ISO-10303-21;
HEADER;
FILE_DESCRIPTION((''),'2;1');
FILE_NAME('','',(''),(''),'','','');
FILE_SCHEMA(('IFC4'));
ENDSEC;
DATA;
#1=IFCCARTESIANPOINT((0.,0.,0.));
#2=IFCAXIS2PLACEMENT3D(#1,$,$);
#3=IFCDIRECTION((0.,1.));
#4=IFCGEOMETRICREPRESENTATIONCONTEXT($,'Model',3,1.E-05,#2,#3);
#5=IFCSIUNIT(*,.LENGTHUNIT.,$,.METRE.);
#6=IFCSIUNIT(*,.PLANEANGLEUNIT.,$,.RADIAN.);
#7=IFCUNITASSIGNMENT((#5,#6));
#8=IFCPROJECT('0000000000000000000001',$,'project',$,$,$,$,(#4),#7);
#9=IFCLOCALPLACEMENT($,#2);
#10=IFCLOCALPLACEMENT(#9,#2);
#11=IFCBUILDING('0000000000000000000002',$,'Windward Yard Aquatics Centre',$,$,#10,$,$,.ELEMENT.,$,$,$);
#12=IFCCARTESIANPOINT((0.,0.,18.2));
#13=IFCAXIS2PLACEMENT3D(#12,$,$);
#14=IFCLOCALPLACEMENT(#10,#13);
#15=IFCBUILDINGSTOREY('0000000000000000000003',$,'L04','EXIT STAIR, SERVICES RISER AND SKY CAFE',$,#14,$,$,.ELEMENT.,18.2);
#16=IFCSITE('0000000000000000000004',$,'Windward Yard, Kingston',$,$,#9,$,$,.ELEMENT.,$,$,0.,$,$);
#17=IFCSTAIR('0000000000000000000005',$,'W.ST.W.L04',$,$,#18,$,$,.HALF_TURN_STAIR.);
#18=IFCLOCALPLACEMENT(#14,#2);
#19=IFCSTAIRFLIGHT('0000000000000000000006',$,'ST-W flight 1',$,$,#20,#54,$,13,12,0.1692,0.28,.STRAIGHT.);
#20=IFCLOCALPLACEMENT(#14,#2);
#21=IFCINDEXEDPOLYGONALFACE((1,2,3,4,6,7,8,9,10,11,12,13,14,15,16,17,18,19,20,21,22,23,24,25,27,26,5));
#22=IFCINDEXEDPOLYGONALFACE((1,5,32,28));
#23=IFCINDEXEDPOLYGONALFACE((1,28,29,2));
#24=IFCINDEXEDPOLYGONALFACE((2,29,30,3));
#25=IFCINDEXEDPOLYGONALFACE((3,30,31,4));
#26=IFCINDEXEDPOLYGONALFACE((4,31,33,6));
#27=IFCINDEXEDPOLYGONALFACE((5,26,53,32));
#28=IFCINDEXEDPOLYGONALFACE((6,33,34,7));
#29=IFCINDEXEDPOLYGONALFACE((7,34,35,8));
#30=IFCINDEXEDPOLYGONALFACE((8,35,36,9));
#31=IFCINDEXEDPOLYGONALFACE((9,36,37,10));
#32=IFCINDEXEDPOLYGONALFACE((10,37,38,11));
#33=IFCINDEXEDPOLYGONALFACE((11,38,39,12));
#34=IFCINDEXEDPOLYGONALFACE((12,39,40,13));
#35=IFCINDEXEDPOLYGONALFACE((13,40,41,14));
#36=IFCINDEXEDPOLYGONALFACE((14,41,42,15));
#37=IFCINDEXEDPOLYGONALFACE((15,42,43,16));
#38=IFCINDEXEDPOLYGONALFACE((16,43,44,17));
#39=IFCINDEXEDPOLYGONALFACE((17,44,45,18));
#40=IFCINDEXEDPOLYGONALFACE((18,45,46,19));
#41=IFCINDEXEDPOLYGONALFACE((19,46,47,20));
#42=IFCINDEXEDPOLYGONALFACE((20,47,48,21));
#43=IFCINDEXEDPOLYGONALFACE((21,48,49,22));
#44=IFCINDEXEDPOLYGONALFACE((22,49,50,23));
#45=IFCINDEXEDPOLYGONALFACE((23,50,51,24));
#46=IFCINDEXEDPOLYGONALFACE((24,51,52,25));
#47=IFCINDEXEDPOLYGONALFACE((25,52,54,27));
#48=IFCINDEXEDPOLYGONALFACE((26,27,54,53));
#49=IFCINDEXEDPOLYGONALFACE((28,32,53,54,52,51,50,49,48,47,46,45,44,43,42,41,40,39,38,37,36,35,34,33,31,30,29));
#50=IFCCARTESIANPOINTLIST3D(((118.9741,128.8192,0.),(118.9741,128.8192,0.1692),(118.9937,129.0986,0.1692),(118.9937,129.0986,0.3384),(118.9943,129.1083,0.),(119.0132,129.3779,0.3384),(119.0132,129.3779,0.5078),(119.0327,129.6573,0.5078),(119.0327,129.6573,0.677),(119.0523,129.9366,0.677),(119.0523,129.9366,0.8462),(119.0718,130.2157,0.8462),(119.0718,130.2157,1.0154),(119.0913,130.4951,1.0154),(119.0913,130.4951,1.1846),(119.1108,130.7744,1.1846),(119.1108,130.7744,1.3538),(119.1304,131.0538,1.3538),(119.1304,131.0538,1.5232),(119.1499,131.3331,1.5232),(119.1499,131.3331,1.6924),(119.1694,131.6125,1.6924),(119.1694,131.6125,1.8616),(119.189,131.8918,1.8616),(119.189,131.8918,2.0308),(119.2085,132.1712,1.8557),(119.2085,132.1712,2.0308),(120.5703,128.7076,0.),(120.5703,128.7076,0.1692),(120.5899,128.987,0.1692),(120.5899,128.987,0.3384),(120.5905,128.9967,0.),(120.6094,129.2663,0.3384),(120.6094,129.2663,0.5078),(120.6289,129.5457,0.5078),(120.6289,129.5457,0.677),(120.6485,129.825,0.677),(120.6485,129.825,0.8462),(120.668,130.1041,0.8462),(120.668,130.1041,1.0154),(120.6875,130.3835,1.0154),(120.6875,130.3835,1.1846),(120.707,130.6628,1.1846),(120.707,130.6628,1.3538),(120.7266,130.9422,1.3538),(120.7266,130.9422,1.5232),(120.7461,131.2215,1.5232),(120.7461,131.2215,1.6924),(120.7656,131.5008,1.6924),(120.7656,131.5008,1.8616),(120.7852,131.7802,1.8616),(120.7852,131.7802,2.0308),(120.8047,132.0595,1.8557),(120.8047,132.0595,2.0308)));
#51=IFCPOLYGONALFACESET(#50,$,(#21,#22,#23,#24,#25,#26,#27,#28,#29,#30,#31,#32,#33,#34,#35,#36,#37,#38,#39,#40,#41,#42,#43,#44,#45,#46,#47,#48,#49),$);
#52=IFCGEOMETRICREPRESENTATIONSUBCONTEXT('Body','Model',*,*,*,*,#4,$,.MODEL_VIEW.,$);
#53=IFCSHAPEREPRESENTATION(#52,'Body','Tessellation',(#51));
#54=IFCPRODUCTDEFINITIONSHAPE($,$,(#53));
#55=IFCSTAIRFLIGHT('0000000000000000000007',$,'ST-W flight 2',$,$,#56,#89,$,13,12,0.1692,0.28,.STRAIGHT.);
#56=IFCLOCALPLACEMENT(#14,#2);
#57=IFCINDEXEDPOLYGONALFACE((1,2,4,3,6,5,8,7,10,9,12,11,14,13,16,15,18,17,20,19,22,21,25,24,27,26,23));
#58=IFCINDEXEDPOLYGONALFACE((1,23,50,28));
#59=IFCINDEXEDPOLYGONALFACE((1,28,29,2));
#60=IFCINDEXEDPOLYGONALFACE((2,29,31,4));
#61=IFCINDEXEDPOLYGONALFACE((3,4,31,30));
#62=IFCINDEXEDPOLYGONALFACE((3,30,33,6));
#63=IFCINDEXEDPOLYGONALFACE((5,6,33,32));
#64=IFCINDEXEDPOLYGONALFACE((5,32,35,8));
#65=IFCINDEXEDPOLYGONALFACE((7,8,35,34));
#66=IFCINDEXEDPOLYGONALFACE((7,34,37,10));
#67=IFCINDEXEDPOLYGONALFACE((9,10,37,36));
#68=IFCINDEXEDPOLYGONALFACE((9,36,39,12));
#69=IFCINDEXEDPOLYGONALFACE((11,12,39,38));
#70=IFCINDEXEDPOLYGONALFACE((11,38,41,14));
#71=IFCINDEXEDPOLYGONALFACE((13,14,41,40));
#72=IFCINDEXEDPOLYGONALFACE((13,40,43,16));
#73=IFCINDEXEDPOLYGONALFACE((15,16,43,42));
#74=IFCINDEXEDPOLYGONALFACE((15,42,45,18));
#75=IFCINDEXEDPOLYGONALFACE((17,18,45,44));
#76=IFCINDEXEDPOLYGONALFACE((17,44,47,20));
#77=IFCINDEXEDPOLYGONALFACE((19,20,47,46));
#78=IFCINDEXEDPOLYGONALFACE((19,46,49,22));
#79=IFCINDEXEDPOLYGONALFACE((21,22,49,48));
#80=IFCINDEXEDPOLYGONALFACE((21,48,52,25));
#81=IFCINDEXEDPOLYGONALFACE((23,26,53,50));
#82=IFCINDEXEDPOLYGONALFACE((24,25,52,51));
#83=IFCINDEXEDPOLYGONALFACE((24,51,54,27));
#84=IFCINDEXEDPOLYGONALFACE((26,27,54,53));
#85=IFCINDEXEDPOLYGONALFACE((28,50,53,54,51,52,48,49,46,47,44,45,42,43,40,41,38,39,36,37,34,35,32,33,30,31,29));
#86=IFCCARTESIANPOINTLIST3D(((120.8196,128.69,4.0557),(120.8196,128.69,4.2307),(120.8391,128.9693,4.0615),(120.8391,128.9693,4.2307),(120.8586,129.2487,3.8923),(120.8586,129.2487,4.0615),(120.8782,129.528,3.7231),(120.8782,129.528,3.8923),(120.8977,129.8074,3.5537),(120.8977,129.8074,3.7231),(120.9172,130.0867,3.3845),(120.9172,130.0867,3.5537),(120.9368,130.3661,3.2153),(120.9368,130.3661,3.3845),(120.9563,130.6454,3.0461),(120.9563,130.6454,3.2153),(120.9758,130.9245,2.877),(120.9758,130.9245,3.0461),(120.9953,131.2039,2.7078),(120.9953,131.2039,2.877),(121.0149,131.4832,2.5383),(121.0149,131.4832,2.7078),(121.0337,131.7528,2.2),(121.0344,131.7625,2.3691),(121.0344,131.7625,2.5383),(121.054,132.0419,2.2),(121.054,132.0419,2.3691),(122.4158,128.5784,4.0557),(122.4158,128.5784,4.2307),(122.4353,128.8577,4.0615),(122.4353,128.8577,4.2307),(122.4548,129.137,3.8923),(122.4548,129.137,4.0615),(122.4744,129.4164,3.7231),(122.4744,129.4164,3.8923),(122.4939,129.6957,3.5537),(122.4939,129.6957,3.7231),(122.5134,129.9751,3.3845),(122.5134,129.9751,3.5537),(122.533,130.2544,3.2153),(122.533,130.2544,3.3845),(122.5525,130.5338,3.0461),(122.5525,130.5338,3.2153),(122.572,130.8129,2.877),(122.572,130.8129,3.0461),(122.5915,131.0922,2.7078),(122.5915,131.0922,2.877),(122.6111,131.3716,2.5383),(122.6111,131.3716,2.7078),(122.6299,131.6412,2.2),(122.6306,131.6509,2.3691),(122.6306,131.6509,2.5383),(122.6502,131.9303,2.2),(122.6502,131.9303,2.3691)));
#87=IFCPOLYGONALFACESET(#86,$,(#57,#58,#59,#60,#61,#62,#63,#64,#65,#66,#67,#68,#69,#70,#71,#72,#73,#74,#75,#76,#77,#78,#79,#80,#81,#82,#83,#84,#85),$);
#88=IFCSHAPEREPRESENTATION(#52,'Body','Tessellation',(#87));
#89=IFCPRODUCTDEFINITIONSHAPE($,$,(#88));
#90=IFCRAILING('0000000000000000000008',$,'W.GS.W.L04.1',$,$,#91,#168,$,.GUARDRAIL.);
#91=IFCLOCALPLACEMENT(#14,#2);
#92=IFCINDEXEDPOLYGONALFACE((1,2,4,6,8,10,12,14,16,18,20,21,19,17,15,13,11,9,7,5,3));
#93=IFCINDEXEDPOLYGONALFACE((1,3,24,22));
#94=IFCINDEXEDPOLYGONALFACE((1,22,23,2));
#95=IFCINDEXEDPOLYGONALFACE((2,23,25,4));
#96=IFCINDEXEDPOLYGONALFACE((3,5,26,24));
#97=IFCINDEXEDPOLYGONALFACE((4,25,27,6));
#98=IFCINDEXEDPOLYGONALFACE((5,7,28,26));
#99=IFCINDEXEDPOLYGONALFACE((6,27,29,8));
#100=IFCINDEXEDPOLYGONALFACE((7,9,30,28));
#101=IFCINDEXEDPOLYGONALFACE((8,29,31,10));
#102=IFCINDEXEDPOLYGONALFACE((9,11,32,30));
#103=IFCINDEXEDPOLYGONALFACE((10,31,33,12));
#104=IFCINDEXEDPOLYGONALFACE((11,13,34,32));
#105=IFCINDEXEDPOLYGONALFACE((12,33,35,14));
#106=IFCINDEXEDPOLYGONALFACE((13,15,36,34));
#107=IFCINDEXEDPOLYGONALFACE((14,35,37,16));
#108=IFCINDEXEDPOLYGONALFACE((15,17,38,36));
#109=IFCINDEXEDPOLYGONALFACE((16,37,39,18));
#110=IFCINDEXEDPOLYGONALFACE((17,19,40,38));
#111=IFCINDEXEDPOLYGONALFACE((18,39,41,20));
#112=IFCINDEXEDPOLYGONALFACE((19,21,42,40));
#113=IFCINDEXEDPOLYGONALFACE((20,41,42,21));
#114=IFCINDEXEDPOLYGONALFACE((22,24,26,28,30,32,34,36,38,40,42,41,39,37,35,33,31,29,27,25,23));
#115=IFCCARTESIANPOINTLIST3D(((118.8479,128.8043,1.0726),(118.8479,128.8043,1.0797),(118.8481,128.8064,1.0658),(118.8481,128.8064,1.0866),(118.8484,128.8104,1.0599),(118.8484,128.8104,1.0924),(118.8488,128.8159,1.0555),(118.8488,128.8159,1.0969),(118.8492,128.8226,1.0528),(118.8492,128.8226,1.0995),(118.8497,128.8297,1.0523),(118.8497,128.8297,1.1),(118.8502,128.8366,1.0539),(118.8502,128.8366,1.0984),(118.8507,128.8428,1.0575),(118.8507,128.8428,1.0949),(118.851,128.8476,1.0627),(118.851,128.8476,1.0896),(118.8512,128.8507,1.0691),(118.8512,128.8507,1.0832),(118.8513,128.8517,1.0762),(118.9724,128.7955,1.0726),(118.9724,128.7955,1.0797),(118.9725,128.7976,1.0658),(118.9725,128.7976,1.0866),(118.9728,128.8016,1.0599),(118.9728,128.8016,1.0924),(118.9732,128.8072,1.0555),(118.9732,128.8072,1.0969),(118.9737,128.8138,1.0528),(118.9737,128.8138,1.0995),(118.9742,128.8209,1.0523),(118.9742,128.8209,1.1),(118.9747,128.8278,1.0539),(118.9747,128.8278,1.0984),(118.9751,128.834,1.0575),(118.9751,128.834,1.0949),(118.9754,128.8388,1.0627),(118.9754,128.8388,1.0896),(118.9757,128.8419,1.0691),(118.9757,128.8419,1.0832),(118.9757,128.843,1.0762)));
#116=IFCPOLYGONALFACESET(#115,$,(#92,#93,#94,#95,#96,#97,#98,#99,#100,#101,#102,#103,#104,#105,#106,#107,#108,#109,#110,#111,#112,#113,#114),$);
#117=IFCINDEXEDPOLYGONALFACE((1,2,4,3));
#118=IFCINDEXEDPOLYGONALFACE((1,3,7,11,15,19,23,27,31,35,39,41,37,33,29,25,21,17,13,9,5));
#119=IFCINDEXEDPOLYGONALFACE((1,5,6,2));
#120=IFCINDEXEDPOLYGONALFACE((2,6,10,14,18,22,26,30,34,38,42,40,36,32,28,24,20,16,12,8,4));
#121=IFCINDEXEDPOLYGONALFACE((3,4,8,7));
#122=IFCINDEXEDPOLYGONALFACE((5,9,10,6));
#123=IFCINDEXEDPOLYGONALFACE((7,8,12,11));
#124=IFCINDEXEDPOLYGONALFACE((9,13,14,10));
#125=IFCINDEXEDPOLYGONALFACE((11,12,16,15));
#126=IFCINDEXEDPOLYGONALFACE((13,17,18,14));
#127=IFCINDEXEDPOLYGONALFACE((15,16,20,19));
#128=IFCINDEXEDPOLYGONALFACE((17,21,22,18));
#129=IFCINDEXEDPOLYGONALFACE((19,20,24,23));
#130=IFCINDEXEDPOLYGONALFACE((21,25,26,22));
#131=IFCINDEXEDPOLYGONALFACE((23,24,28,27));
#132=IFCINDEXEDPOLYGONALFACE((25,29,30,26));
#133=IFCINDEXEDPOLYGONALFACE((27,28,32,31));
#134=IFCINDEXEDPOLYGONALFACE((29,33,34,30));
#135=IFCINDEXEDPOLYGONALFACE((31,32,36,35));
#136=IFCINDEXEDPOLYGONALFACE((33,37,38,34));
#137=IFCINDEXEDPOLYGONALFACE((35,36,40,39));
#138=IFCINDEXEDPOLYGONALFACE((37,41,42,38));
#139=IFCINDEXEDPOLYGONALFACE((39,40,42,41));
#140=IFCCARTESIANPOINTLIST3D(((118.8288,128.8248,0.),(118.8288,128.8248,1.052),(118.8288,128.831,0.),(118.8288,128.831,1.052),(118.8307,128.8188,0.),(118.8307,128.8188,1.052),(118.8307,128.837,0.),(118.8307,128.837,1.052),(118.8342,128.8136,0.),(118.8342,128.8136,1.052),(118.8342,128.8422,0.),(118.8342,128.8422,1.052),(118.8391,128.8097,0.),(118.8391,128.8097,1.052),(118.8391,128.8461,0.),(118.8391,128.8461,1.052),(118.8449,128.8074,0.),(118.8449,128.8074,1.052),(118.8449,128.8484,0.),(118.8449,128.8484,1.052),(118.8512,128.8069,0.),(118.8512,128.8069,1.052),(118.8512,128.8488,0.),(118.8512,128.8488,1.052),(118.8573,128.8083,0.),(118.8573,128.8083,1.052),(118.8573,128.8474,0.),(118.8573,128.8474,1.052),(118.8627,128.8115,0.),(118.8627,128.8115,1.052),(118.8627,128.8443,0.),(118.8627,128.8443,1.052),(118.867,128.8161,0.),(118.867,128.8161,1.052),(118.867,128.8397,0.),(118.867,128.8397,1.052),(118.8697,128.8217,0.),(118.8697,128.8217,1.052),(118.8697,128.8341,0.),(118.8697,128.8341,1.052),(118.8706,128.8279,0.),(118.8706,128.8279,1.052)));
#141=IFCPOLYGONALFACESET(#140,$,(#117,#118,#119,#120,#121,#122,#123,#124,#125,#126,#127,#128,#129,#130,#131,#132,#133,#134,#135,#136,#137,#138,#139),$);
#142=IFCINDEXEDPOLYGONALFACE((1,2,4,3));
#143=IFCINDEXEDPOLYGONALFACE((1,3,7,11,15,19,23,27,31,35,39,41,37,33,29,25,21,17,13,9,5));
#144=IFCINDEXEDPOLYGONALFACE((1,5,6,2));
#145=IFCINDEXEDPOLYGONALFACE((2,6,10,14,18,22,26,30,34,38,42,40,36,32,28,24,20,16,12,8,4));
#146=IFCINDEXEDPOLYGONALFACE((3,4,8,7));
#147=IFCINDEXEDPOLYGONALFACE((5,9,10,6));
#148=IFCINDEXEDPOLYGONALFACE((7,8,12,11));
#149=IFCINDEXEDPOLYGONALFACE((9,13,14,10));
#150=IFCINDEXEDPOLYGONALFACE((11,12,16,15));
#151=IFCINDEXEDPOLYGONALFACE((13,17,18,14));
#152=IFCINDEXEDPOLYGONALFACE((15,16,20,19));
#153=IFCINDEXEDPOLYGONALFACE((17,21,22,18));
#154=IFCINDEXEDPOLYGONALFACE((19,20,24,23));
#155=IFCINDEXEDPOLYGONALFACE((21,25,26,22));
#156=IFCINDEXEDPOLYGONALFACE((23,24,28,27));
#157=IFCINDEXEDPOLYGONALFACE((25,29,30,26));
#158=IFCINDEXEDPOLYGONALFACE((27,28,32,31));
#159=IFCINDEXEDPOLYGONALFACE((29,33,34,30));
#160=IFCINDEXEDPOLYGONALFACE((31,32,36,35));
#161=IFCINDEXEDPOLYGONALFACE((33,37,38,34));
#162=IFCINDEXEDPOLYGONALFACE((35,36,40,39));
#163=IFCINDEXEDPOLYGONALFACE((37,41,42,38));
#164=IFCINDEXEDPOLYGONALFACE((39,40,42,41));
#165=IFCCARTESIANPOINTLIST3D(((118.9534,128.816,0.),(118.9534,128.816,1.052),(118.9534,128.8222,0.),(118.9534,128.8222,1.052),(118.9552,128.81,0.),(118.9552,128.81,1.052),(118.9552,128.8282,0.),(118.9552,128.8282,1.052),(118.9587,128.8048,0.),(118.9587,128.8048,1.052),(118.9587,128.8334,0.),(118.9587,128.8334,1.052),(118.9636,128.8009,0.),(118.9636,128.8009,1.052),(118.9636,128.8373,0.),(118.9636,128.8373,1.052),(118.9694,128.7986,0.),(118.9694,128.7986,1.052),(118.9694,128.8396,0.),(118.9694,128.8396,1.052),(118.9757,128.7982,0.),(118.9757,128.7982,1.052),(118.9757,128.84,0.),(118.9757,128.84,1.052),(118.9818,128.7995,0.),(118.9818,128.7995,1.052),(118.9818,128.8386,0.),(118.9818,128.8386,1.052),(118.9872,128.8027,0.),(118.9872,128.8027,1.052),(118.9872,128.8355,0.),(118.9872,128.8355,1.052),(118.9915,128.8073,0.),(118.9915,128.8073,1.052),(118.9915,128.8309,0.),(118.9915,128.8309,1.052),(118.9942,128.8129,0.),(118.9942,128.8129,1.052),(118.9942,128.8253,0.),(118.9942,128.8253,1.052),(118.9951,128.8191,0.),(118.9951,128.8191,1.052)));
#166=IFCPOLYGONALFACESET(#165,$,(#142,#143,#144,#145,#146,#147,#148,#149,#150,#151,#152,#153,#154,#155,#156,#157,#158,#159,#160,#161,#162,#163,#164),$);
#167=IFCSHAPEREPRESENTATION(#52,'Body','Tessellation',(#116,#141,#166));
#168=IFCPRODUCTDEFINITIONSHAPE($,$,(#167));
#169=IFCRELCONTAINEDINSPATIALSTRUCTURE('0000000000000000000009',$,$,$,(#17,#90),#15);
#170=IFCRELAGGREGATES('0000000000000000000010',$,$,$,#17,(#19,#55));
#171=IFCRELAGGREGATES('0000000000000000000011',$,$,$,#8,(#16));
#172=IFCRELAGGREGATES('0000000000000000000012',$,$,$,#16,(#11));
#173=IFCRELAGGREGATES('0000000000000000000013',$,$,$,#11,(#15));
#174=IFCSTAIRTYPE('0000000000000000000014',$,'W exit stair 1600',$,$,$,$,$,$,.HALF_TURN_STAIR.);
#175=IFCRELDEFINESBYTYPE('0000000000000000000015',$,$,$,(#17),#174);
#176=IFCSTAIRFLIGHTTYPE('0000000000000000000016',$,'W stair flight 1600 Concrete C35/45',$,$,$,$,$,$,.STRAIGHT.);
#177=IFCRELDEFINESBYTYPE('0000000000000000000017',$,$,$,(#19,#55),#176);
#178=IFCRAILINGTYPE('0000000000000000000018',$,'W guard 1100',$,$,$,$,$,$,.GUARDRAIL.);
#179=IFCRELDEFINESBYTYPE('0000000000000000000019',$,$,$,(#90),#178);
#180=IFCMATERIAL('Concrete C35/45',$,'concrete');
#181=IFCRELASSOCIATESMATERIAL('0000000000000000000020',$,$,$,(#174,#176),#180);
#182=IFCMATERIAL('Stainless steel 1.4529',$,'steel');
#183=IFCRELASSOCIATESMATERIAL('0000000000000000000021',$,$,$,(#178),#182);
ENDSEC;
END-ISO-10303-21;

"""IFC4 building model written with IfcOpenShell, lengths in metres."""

from ifc_helpers import new_model, si_unit, direction, frame, origin, origin_2d, place, context, subcontext, project, spatial, polyline, circle, outline, extrude, material, type_object, element, aggregate, save


model = new_model("IFC4")

# Units and contexts
model_context = context("Model", 3, precision=1e-05, world=origin(), true_north=direction((0.0, 1.0)))
body_context = subcontext(model_context, "Body", "Model", "MODEL_VIEW")
ifc_project = project(units=[si_unit("LENGTHUNIT", "METRE"), si_unit("PLANEANGLEUNIT", "RADIAN")], contexts=[model_context])

# Site, building, storey
site_placement = place(None, origin())
site = spatial("IfcSite", under=ifc_project, at=site_placement, Name="Windward Yard, Kingston", CompositionType="ELEMENT", RefElevation=0.0)
building_placement = place(site_placement, origin())
building = spatial("IfcBuilding", under=site, at=building_placement, Name="Windward Yard Aquatics Centre", CompositionType="ELEMENT")
storey_placement = place(building_placement, frame((0.0, 0.0, 18.2)))
storey = spatial("IfcBuildingStorey", under=building, at=storey_placement, Name="L04", Description="EXIT STAIR, SERVICES RISER AND SKY CAFE", CompositionType="ELEMENT", Elevation=18.2)

# Stair, stair flights
ifc_material_1 = material(Name="Concrete C35/45", Category="concrete")
stair_type = type_object("IfcStairType", Name="W exit stair 1600", PredefinedType="HALF_TURN_STAIR", material=ifc_material_1)
stair_placement = place(storey_placement, origin())
stair = element("IfcStair", 1, at=stair_placement, inside=storey, type_object=stair_type, Name="W.ST.W.L04", PredefinedType="HALF_TURN_STAIR")
stair_flight_type = type_object("IfcStairFlightType", Name="W stair flight 1600 Concrete C35/45", PredefinedType="STRAIGHT", material=ifc_material_1)
stair_flight_1_placement = place(storey_placement, frame((119.7722, 128.7634, 0.0), z_axis=(0.0, 0.0, 1.0), x_axis=(0.069756, 0.997564, 0.0)))
stair_flight_1 = element("IfcStairFlight", 2, at=stair_flight_1_placement, type_object=stair_flight_type, Name="ST-W flight 1", NumberOfRisers=13, NumberOfTreads=12, PredefinedType="STRAIGHT", RiserHeight=0.1692, TreadLength=0.28, context=body_context, shape_type="SweptSolid", body=[
    extrude(outline(polyline([(0.0, 0.0), (0.0, 0.1692), (0.28, 0.1692), (0.28, 0.3384), (0.5601, 0.3384), (0.5601, 0.5078), (0.8401, 0.5078), (0.8401, 0.677), (1.1201, 0.677), (1.1201, 0.8462), (1.3999, 0.8462), (1.3999, 1.0154), (1.6799, 1.0154), (1.6799, 1.1846), (1.96, 1.1846), (1.96, 1.3538), (2.24, 1.3538), (2.24, 1.5232), (2.52, 1.5232), (2.52, 1.6924), (2.8, 1.6924), (2.8, 1.8616), (3.0801, 1.8616), (3.0801, 2.0308), (3.3601, 2.0308), (3.3601, 2.2), (3.3601, 1.8557), (0.2898, 0.0), (0.0, 0.0)])), frame((0.0, 0.8, 0.0), z_axis=(0.0, -1.0, 0.0), x_axis=(1.0, 0.0, 0.0)), (0.0, 0.0, 1.0), 1.6001),
])
stair_flight_2_placement = place(storey_placement, frame((121.8521, 131.9861, 2.2), z_axis=(0.0, 0.0, 1.0), x_axis=(-0.069756, -0.997564, 0.0)))
stair_flight_2 = element("IfcStairFlight", 3, at=stair_flight_2_placement, type_object=stair_flight_type, Name="ST-W flight 2", NumberOfRisers=13, NumberOfTreads=12, PredefinedType="STRAIGHT", RiserHeight=0.1692, TreadLength=0.28, context=body_context, shape_type="SweptSolid", body=[
    extrude(outline(polyline([(0.0, 0.0), (0.0, 0.1692), (0.28, 0.1692), (0.28, 0.3384), (0.5601, 0.3384), (0.5601, 0.5078), (0.8401, 0.5078), (0.8401, 0.677), (1.1201, 0.677), (1.1201, 0.8462), (1.3999, 0.8462), (1.3999, 1.0154), (1.6799, 1.0154), (1.6799, 1.1846), (1.96, 1.1846), (1.96, 1.3538), (2.24, 1.3538), (2.24, 1.5232), (2.52, 1.5232), (2.52, 1.6924), (2.8, 1.6924), (2.8, 1.8616), (3.0801, 1.8616), (3.0801, 2.0308), (3.3601, 2.0308), (3.3601, 2.2), (3.3601, 1.8557), (0.2898, 0.0), (0.0, 0.0)])), frame((0.0, 0.8, 0.0), z_axis=(0.0, -1.0, 0.0), x_axis=(1.0, 0.0, 0.0)), (0.0, 0.0, 1.0), 1.6001),
])
aggregate(stair, [stair_flight_1, stair_flight_2])

# Railing
ifc_material_2 = material(Name="Stainless steel 1.4529", Category="steel")
railing_type_1 = type_object("IfcRailingType", Name="W guard 1100", PredefinedType="GUARDRAIL", material=ifc_material_2)
railing_1_placement = place(storey_placement, frame((118.8496, 128.8279, 0.0)))
element("IfcRailing", 4, at=railing_1_placement, inside=storey, type_object=railing_type_1, Name="W.GS.W.L04.1", PredefinedType="GUARDRAIL", context=body_context, shape_type="SweptSolid", body=[
    extrude(circle(Radius=0.0239, at=origin_2d()), frame((0.0, 0.0, 1.0762), z_axis=(0.997518, -0.070413, 0.0), x_axis=(0.070413, 0.997518, 0.0)), (0.0, 0.0, 1.0), 0.1248),
    extrude(circle(Radius=0.021, at=origin_2d()), origin(), (0.0, 0.0, 1.0), 1.052),
    extrude(circle(Radius=0.021, at=origin_2d()), frame((0.1245, -0.0088, 0.0)), (0.0, 0.0, 1.0), 1.052),
])

save(model, "model.ifc")
